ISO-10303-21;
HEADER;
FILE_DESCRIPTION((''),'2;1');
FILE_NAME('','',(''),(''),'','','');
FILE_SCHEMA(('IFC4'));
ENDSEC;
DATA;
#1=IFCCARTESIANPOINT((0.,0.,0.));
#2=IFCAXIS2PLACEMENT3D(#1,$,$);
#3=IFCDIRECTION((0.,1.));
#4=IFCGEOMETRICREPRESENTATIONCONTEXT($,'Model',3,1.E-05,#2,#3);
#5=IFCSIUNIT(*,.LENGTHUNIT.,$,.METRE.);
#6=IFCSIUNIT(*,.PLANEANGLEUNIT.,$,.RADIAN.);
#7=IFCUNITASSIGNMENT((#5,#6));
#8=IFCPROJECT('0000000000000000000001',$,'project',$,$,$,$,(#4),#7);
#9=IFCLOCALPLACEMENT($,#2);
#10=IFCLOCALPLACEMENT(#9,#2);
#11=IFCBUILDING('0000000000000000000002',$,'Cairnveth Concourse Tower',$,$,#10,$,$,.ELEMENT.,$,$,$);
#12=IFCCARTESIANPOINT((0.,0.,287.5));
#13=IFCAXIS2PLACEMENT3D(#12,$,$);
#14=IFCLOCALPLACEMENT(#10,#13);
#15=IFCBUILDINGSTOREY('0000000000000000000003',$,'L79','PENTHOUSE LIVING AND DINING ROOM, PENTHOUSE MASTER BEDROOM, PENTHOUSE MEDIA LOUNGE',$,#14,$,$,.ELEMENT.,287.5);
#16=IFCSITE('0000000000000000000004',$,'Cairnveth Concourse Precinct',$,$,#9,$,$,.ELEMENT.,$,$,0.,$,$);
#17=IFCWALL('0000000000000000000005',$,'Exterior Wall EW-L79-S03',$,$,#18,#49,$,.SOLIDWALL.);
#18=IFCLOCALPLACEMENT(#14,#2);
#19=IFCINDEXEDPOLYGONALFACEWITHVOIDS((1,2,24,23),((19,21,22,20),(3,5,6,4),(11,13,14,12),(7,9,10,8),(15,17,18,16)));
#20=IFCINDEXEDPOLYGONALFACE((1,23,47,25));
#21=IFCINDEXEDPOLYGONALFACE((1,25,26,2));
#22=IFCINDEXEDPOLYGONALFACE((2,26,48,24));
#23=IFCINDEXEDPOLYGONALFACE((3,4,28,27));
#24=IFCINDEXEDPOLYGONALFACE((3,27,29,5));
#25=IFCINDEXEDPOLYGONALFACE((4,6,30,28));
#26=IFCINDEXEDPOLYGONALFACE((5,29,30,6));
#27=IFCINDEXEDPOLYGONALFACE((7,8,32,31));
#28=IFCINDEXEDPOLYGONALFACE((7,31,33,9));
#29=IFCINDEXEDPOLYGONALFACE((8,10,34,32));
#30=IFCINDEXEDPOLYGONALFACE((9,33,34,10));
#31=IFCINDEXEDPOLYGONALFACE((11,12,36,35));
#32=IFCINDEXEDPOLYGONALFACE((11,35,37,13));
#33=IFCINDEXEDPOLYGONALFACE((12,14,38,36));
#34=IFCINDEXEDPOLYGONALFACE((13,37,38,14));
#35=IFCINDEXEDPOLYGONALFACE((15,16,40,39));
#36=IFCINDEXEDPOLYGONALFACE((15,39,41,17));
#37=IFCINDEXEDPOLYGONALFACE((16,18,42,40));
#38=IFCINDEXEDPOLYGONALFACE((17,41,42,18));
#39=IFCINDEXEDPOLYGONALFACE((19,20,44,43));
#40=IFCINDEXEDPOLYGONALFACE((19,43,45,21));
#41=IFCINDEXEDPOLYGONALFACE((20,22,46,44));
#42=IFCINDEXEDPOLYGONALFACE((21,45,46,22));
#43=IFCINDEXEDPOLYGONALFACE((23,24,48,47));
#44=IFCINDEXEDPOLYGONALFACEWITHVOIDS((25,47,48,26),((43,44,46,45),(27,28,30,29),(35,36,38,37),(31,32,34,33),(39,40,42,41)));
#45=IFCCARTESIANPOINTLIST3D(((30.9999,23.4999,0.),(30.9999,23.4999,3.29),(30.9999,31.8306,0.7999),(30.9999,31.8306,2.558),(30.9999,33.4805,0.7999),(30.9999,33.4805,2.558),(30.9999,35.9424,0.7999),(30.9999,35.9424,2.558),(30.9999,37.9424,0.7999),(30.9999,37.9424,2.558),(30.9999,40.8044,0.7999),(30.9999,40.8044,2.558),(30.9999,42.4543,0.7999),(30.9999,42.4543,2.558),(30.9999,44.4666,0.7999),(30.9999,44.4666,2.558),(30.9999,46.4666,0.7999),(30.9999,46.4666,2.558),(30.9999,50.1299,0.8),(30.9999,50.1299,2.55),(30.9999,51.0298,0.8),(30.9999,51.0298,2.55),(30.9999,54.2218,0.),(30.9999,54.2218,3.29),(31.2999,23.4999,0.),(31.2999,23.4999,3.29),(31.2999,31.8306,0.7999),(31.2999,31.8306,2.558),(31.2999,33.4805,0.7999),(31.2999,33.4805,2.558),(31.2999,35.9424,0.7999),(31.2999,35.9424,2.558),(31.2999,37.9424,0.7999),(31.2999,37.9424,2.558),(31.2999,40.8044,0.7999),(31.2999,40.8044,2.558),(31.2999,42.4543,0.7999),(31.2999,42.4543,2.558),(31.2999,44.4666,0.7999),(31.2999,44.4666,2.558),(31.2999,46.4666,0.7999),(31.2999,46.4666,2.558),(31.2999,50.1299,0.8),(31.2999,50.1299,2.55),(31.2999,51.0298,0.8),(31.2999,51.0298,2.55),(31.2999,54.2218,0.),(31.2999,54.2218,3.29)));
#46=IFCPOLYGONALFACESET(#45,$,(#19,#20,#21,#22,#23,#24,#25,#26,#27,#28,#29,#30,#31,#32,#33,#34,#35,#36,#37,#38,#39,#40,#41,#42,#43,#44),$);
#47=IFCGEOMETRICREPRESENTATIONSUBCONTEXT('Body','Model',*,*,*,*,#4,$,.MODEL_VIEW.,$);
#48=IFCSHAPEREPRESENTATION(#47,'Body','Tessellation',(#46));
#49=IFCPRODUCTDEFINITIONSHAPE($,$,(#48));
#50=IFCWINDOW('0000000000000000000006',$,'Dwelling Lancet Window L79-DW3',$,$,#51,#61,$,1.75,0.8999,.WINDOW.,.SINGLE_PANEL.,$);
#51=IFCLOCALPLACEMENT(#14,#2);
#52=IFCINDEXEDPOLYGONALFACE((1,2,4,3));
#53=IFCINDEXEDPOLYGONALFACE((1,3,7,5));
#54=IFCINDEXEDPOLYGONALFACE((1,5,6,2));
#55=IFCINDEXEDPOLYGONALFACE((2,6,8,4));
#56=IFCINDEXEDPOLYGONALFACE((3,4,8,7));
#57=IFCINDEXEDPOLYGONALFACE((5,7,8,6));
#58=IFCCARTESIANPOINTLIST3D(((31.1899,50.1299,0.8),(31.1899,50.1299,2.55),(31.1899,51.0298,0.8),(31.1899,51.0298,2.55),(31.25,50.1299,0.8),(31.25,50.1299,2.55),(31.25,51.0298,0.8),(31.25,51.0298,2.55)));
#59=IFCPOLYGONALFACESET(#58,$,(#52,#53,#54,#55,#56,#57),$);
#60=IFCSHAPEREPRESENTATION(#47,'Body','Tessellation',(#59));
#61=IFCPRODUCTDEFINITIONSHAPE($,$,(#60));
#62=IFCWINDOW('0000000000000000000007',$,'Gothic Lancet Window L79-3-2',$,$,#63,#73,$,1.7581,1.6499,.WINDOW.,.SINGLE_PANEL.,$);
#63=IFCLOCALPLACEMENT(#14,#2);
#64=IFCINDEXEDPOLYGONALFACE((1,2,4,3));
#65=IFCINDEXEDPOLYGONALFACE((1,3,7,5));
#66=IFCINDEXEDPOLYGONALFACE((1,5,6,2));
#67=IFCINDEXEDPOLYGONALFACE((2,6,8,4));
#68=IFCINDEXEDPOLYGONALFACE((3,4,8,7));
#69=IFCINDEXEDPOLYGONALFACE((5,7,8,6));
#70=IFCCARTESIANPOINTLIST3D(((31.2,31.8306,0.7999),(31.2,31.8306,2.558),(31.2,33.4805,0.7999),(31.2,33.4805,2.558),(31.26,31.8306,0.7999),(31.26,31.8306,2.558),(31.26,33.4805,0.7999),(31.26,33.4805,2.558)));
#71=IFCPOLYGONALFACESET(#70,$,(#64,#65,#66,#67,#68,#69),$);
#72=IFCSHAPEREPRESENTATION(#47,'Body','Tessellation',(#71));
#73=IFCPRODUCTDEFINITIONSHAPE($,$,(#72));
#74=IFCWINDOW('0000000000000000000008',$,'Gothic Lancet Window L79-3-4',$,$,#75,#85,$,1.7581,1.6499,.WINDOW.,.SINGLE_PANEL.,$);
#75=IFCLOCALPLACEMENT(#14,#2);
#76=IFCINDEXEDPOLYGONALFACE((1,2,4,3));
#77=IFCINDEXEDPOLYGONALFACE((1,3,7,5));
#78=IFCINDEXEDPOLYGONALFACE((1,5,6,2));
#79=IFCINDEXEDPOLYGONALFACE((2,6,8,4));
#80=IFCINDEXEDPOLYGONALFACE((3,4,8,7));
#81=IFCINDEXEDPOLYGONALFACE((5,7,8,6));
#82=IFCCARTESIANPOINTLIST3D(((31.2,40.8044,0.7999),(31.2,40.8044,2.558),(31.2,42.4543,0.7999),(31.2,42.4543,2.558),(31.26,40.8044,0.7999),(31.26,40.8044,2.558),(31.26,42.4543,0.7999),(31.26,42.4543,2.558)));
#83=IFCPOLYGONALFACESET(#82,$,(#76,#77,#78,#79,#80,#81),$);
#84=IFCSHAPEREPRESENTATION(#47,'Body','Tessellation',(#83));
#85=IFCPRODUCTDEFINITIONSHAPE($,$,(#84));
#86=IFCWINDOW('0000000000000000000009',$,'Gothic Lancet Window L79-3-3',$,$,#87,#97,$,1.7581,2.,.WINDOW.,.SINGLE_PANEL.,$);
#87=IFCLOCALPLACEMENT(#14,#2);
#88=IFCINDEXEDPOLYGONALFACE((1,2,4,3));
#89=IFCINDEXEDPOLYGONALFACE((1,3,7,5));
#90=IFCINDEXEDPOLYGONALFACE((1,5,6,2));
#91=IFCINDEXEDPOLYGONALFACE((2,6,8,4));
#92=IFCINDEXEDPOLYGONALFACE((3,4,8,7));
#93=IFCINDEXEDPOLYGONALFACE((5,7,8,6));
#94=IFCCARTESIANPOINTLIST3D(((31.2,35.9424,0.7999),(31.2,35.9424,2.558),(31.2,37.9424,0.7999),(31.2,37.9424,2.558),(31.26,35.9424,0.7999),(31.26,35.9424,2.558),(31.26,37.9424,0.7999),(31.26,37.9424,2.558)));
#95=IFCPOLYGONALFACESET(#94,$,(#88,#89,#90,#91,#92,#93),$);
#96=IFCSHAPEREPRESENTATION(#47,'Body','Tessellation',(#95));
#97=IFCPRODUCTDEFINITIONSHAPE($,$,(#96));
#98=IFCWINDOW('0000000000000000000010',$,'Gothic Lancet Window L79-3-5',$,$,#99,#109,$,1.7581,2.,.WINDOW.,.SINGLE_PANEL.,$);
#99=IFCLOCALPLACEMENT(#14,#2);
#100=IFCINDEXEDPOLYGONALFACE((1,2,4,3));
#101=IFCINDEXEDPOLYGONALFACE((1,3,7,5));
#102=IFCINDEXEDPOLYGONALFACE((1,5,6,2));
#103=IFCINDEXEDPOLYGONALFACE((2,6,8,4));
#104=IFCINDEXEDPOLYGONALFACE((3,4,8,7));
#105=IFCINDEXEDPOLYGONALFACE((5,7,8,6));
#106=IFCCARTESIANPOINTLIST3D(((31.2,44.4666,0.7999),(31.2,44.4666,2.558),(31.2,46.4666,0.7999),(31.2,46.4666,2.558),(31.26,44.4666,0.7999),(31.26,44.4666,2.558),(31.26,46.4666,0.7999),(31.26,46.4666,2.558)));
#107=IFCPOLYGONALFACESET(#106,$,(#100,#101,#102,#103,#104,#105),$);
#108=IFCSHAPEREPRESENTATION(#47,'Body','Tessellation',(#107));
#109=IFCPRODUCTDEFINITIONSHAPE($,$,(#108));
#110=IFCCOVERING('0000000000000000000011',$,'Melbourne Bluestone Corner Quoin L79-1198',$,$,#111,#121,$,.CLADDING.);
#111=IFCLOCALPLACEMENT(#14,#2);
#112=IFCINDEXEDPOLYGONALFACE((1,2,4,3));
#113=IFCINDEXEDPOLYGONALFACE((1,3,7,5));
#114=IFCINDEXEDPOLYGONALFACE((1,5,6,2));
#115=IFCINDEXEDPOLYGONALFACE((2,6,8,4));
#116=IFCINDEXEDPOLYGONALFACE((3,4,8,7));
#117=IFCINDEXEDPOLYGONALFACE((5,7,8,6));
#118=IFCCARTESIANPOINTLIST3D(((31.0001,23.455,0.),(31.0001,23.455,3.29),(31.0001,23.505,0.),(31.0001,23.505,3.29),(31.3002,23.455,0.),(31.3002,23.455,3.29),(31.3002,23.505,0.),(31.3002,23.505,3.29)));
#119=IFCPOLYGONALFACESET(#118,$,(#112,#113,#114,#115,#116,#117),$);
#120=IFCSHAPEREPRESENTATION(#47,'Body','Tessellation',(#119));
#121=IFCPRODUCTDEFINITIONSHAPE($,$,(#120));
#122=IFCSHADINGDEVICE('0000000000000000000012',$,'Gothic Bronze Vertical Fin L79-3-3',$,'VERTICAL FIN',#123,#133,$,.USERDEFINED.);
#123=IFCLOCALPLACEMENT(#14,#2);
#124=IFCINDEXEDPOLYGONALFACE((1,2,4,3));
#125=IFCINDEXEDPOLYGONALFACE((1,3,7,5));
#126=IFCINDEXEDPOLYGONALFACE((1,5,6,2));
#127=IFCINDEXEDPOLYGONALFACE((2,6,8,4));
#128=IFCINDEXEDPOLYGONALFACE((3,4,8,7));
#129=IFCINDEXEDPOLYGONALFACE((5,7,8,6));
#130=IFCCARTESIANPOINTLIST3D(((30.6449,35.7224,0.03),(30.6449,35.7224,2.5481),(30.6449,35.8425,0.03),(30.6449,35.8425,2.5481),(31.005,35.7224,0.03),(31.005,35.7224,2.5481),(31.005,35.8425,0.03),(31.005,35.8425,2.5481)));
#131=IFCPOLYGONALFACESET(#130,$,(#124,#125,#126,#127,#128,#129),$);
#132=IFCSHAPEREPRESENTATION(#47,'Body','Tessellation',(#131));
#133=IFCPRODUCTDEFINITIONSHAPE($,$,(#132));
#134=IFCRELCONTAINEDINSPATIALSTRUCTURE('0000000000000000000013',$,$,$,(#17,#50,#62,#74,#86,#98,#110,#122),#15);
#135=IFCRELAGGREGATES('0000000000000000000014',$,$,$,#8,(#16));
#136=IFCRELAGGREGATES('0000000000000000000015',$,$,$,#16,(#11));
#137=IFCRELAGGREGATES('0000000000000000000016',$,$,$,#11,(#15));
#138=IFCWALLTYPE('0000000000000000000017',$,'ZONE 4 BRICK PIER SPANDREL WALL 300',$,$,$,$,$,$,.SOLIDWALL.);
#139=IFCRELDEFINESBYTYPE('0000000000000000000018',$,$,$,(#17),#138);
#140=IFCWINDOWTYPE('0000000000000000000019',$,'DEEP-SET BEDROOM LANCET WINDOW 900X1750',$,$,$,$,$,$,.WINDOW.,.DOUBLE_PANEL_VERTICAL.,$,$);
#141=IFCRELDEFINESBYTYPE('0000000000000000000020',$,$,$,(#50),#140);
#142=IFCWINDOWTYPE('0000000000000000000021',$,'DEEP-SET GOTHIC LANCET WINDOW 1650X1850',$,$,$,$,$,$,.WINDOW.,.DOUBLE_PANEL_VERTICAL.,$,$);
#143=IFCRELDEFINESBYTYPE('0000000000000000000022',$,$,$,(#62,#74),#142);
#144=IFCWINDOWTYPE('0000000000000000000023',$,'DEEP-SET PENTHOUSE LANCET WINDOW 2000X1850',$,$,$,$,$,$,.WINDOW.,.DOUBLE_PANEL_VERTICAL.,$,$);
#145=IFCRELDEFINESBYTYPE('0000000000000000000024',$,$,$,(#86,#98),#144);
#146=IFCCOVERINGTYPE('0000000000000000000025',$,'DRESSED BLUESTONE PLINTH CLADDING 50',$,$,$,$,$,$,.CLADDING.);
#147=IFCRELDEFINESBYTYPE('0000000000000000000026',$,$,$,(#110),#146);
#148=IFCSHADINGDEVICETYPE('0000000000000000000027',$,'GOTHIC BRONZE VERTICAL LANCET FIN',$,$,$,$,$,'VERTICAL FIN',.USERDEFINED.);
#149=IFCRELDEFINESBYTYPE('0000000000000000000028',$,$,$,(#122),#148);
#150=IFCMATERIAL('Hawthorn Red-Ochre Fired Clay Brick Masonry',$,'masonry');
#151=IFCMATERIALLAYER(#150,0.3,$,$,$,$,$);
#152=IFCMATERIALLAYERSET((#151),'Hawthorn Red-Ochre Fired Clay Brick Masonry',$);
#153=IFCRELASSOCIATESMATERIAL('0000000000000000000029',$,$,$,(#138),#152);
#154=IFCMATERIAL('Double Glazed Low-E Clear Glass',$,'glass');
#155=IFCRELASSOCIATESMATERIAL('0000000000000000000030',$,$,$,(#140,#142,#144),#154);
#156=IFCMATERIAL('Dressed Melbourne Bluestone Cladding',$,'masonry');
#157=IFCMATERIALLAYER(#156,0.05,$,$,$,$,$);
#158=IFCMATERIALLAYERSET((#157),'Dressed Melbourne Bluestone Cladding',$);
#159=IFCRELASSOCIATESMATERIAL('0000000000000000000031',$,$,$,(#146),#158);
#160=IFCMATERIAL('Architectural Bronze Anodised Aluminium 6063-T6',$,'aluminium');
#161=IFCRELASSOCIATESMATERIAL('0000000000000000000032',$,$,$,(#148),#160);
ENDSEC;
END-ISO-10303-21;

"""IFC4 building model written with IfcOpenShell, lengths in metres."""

from ifc_helpers import new_model, si_unit, direction, frame, frame_2d, origin, origin_2d, place, context, subcontext, project, spatial, rectangle, extrude, material, layer, layer_set, type_object, element, fill, save


model = new_model("IFC4")

# Units and contexts
model_context = context("Model", 3, precision=1e-05, world=origin(), true_north=direction((0.0, 1.0)))
body_context = subcontext(model_context, "Body", "Model", "MODEL_VIEW")
ifc_project = project(units=[si_unit("LENGTHUNIT", "METRE"), si_unit("PLANEANGLEUNIT", "RADIAN")], contexts=[model_context])

# Site, building, storey
site_placement = place(None, origin())
site = spatial("IfcSite", under=ifc_project, at=site_placement, Name="Cairnveth Concourse Precinct", CompositionType="ELEMENT", RefElevation=0.0)
building_placement = place(site_placement, origin())
building = spatial("IfcBuilding", under=site, at=building_placement, Name="Cairnveth Concourse Tower", CompositionType="ELEMENT")
storey_placement = place(building_placement, frame((0.0, 0.0, 287.5)))
storey = spatial("IfcBuildingStorey", under=building, at=storey_placement, Name="L79", Description="PENTHOUSE LIVING AND DINING ROOM, PENTHOUSE MASTER BEDROOM, PENTHOUSE MEDIA LOUNGE", CompositionType="ELEMENT", Elevation=287.5)

# Wall, openings, windows
ifc_material_1 = material(Name="Hawthorn Red-Ochre Fired Clay Brick Masonry", Category="masonry")
ifc_layer_1 = layer(ifc_material_1, 0.3)
ifc_layer_set_1 = layer_set([ifc_layer_1], Name="Hawthorn Red-Ochre Fired Clay Brick Masonry")
wall_type_1 = type_object("IfcWallType", Name="ZONE 4 BRICK PIER SPANDREL WALL 300", PredefinedType="SOLIDWALL", material=ifc_layer_set_1)
wall_1_placement = place(storey_placement, frame((31.1499, 23.5, 0.0), z_axis=(0.0, 0.0, 1.0), x_axis=(0.0, 1.0, 0.0)))
wall_1 = element("IfcWall", 1, at=wall_1_placement, inside=storey, type_object=wall_type_1, Name="Exterior Wall EW-L79-S03", PredefinedType="SOLIDWALL", context=body_context, shape_type="SweptSolid", body=[
    extrude(rectangle(XDim=30.7219, YDim=0.3, at=frame_2d((15.3608, 0.0))), origin(), (0.0, 0.0, 1.0), 3.29),
])
opening_1_placement = place(wall_1_placement, frame((8.3306, 0.0, 0.8)))
opening_1 = element("IfcOpeningElement", 2, at=opening_1_placement, cuts=wall_1, PredefinedType="OPENING", context=body_context, shape_type="SweptSolid", body=[
    extrude(rectangle(XDim=1.6499, YDim=1.7581, at=frame_2d((0.825, 0.8789))), frame((0.0, 0.1599, 0.0), z_axis=(0.0, -1.0, 0.0), x_axis=(1.0, 0.0, 0.0)), (0.0, 0.0, 1.0), 0.3201),
])
opening_2_placement = place(wall_1_placement, frame((12.4424, 0.0, 0.8)))
opening_2 = element("IfcOpeningElement", 3, at=opening_2_placement, cuts=wall_1, PredefinedType="OPENING", context=body_context, shape_type="SweptSolid", body=[
    extrude(rectangle(XDim=2.0, YDim=1.7581, at=frame_2d((1.0, 0.8789))), frame((0.0, 0.1599, 0.0), z_axis=(0.0, -1.0, 0.0), x_axis=(1.0, 0.0, 0.0)), (0.0, 0.0, 1.0), 0.3201),
])
opening_3_placement = place(wall_1_placement, frame((17.3044, 0.0, 0.8)))
opening_3 = element("IfcOpeningElement", 4, at=opening_3_placement, cuts=wall_1, PredefinedType="OPENING", context=body_context, shape_type="SweptSolid", body=[
    extrude(rectangle(XDim=1.6499, YDim=1.7581, at=frame_2d((0.825, 0.8789))), frame((0.0, 0.1599, 0.0), z_axis=(0.0, -1.0, 0.0), x_axis=(1.0, 0.0, 0.0)), (0.0, 0.0, 1.0), 0.3201),
])
opening_4_placement = place(wall_1_placement, frame((20.9666, 0.0, 0.8)))
opening_4 = element("IfcOpeningElement", 5, at=opening_4_placement, cuts=wall_1, PredefinedType="OPENING", context=body_context, shape_type="SweptSolid", body=[
    extrude(rectangle(XDim=2.0, YDim=1.7581, at=frame_2d((1.0, 0.8789))), frame((0.0, 0.1599, 0.0), z_axis=(0.0, -1.0, 0.0), x_axis=(1.0, 0.0, 0.0)), (0.0, 0.0, 1.0), 0.3201),
])
opening_5_placement = place(wall_1_placement, frame((26.6299, 0.0, 0.8)))
opening_5 = element("IfcOpeningElement", 6, at=opening_5_placement, cuts=wall_1, PredefinedType="OPENING", context=body_context, shape_type="SweptSolid", body=[
    extrude(rectangle(XDim=0.8999, YDim=1.75, at=frame_2d((0.45, 0.875))), frame((0.0, 0.1599, 0.0), z_axis=(0.0, -1.0, 0.0), x_axis=(1.0, 0.0, 0.0)), (0.0, 0.0, 1.0), 0.3201),
])
ifc_material_2 = material(Name="Double Glazed Low-E Clear Glass", Category="glass")
window_type_1 = type_object("IfcWindowType", Name="DEEP-SET BEDROOM LANCET WINDOW 900X1750", PartitioningType="DOUBLE_PANEL_VERTICAL", PredefinedType="WINDOW", material=ifc_material_2)
window_1_placement = place(opening_5_placement, origin())
window_1 = element("IfcWindow", 7, at=window_1_placement, inside=storey, type_object=window_type_1, Name="Dwelling Lancet Window L79-DW3", OverallHeight=1.75, OverallWidth=0.8999, PartitioningType="SINGLE_PANEL", PredefinedType="WINDOW", context=body_context, shape_type="SweptSolid", body=[
    extrude(rectangle(XDim=0.8999, YDim=1.75, at=frame_2d((0.45, 0.875))), frame((0.0, -0.04, 0.0), z_axis=(0.0, -1.0, 0.0), x_axis=(1.0, 0.0, 0.0)), (0.0, 0.0, 1.0), 0.0601),
])
fill(opening_5, window_1)
window_type_2 = type_object("IfcWindowType", Name="DEEP-SET GOTHIC LANCET WINDOW 1650X1850", PartitioningType="DOUBLE_PANEL_VERTICAL", PredefinedType="WINDOW", material=ifc_material_2)
window_2_placement = place(opening_1_placement, origin())
window_2 = element("IfcWindow", 8, at=window_2_placement, inside=storey, type_object=window_type_2, Name="Gothic Lancet Window L79-3-2", OverallHeight=1.7581, OverallWidth=1.6499, PartitioningType="SINGLE_PANEL", PredefinedType="WINDOW", context=body_context, shape_type="SweptSolid", body=[
    extrude(rectangle(XDim=1.6499, YDim=1.7581, at=frame_2d((0.825, 0.8789))), frame((0.0, -0.05, 0.0), z_axis=(0.0, -1.0, 0.0), x_axis=(1.0, 0.0, 0.0)), (0.0, 0.0, 1.0), 0.0601),
])
fill(opening_1, window_2)
window_3_placement = place(opening_3_placement, origin())
window_3 = element("IfcWindow", 9, at=window_3_placement, inside=storey, type_object=window_type_2, Name="Gothic Lancet Window L79-3-4", OverallHeight=1.7581, OverallWidth=1.6499, PartitioningType="SINGLE_PANEL", PredefinedType="WINDOW", context=body_context, shape_type="SweptSolid", body=[
    extrude(rectangle(XDim=1.6499, YDim=1.7581, at=frame_2d((0.825, 0.8789))), frame((0.0, -0.05, 0.0), z_axis=(0.0, -1.0, 0.0), x_axis=(1.0, 0.0, 0.0)), (0.0, 0.0, 1.0), 0.0601),
])
fill(opening_3, window_3)
window_type_3 = type_object("IfcWindowType", Name="DEEP-SET PENTHOUSE LANCET WINDOW 2000X1850", PartitioningType="DOUBLE_PANEL_VERTICAL", PredefinedType="WINDOW", material=ifc_material_2)
window_4_placement = place(opening_2_placement, origin())
window_4 = element("IfcWindow", 10, at=window_4_placement, inside=storey, type_object=window_type_3, Name="Gothic Lancet Window L79-3-3", OverallHeight=1.7581, OverallWidth=2.0, PartitioningType="SINGLE_PANEL", PredefinedType="WINDOW", context=body_context, shape_type="SweptSolid", body=[
    extrude(rectangle(XDim=2.0, YDim=1.7581, at=frame_2d((1.0, 0.8789))), frame((0.0, -0.05, 0.0), z_axis=(0.0, -1.0, 0.0), x_axis=(1.0, 0.0, 0.0)), (0.0, 0.0, 1.0), 0.0601),
])
fill(opening_2, window_4)
window_5_placement = place(opening_4_placement, origin())
window_5 = element("IfcWindow", 11, at=window_5_placement, inside=storey, type_object=window_type_3, Name="Gothic Lancet Window L79-3-5", OverallHeight=1.7581, OverallWidth=2.0, PartitioningType="SINGLE_PANEL", PredefinedType="WINDOW", context=body_context, shape_type="SweptSolid", body=[
    extrude(rectangle(XDim=2.0, YDim=1.7581, at=frame_2d((1.0, 0.8789))), frame((0.0, -0.05, 0.0), z_axis=(0.0, -1.0, 0.0), x_axis=(1.0, 0.0, 0.0)), (0.0, 0.0, 1.0), 0.0601),
])
fill(opening_4, window_5)

# Covering
ifc_material_3 = material(Name="Dressed Melbourne Bluestone Cladding", Category="masonry")
ifc_layer_2 = layer(ifc_material_3, 0.05)
ifc_layer_set_2 = layer_set([ifc_layer_2], Name="Dressed Melbourne Bluestone Cladding")
covering_type = type_object("IfcCoveringType", Name="DRESSED BLUESTONE PLINTH CLADDING 50", PredefinedType="CLADDING", material=ifc_layer_set_2)
covering_placement = place(storey_placement, frame((31.3, 23.48, 0.0), z_axis=(0.0, 0.0, 1.0), x_axis=(-1.0, 0.0, 0.0)))
element("IfcCovering", 12, at=covering_placement, inside=storey, type_object=covering_type, Name="Melbourne Bluestone Corner Quoin L79-1198", PredefinedType="CLADDING", context=body_context, shape_type="SweptSolid", body=[
    extrude(rectangle(XDim=0.3, YDim=0.05, at=frame_2d((0.1499, 0.0))), origin(), (0.0, 0.0, 1.0), 3.29),
])

# Shading device
ifc_material_4 = material(Name="Architectural Bronze Anodised Aluminium 6063-T6", Category="aluminium")
shading_device_type = type_object("IfcShadingDeviceType", Name="GOTHIC BRONZE VERTICAL LANCET FIN", ElementType="VERTICAL FIN", PredefinedType="USERDEFINED", material=ifc_material_4)
shading_device_placement = place(storey_placement, frame((30.825, 35.7825, 0.03), z_axis=(0.0, 0.0, 1.0), x_axis=(0.0, 1.0, 0.0)))
element("IfcShadingDevice", 13, at=shading_device_placement, inside=storey, type_object=shading_device_type, Name="Gothic Bronze Vertical Fin L79-3-3", ObjectType="VERTICAL FIN", PredefinedType="USERDEFINED", context=body_context, shape_type="SweptSolid", body=[
    extrude(rectangle(XDim=0.1201, YDim=0.3601, at=origin_2d()), origin(), (0.0, 0.0, 1.0), 2.5181),
])

save(model, "model.ifc")
